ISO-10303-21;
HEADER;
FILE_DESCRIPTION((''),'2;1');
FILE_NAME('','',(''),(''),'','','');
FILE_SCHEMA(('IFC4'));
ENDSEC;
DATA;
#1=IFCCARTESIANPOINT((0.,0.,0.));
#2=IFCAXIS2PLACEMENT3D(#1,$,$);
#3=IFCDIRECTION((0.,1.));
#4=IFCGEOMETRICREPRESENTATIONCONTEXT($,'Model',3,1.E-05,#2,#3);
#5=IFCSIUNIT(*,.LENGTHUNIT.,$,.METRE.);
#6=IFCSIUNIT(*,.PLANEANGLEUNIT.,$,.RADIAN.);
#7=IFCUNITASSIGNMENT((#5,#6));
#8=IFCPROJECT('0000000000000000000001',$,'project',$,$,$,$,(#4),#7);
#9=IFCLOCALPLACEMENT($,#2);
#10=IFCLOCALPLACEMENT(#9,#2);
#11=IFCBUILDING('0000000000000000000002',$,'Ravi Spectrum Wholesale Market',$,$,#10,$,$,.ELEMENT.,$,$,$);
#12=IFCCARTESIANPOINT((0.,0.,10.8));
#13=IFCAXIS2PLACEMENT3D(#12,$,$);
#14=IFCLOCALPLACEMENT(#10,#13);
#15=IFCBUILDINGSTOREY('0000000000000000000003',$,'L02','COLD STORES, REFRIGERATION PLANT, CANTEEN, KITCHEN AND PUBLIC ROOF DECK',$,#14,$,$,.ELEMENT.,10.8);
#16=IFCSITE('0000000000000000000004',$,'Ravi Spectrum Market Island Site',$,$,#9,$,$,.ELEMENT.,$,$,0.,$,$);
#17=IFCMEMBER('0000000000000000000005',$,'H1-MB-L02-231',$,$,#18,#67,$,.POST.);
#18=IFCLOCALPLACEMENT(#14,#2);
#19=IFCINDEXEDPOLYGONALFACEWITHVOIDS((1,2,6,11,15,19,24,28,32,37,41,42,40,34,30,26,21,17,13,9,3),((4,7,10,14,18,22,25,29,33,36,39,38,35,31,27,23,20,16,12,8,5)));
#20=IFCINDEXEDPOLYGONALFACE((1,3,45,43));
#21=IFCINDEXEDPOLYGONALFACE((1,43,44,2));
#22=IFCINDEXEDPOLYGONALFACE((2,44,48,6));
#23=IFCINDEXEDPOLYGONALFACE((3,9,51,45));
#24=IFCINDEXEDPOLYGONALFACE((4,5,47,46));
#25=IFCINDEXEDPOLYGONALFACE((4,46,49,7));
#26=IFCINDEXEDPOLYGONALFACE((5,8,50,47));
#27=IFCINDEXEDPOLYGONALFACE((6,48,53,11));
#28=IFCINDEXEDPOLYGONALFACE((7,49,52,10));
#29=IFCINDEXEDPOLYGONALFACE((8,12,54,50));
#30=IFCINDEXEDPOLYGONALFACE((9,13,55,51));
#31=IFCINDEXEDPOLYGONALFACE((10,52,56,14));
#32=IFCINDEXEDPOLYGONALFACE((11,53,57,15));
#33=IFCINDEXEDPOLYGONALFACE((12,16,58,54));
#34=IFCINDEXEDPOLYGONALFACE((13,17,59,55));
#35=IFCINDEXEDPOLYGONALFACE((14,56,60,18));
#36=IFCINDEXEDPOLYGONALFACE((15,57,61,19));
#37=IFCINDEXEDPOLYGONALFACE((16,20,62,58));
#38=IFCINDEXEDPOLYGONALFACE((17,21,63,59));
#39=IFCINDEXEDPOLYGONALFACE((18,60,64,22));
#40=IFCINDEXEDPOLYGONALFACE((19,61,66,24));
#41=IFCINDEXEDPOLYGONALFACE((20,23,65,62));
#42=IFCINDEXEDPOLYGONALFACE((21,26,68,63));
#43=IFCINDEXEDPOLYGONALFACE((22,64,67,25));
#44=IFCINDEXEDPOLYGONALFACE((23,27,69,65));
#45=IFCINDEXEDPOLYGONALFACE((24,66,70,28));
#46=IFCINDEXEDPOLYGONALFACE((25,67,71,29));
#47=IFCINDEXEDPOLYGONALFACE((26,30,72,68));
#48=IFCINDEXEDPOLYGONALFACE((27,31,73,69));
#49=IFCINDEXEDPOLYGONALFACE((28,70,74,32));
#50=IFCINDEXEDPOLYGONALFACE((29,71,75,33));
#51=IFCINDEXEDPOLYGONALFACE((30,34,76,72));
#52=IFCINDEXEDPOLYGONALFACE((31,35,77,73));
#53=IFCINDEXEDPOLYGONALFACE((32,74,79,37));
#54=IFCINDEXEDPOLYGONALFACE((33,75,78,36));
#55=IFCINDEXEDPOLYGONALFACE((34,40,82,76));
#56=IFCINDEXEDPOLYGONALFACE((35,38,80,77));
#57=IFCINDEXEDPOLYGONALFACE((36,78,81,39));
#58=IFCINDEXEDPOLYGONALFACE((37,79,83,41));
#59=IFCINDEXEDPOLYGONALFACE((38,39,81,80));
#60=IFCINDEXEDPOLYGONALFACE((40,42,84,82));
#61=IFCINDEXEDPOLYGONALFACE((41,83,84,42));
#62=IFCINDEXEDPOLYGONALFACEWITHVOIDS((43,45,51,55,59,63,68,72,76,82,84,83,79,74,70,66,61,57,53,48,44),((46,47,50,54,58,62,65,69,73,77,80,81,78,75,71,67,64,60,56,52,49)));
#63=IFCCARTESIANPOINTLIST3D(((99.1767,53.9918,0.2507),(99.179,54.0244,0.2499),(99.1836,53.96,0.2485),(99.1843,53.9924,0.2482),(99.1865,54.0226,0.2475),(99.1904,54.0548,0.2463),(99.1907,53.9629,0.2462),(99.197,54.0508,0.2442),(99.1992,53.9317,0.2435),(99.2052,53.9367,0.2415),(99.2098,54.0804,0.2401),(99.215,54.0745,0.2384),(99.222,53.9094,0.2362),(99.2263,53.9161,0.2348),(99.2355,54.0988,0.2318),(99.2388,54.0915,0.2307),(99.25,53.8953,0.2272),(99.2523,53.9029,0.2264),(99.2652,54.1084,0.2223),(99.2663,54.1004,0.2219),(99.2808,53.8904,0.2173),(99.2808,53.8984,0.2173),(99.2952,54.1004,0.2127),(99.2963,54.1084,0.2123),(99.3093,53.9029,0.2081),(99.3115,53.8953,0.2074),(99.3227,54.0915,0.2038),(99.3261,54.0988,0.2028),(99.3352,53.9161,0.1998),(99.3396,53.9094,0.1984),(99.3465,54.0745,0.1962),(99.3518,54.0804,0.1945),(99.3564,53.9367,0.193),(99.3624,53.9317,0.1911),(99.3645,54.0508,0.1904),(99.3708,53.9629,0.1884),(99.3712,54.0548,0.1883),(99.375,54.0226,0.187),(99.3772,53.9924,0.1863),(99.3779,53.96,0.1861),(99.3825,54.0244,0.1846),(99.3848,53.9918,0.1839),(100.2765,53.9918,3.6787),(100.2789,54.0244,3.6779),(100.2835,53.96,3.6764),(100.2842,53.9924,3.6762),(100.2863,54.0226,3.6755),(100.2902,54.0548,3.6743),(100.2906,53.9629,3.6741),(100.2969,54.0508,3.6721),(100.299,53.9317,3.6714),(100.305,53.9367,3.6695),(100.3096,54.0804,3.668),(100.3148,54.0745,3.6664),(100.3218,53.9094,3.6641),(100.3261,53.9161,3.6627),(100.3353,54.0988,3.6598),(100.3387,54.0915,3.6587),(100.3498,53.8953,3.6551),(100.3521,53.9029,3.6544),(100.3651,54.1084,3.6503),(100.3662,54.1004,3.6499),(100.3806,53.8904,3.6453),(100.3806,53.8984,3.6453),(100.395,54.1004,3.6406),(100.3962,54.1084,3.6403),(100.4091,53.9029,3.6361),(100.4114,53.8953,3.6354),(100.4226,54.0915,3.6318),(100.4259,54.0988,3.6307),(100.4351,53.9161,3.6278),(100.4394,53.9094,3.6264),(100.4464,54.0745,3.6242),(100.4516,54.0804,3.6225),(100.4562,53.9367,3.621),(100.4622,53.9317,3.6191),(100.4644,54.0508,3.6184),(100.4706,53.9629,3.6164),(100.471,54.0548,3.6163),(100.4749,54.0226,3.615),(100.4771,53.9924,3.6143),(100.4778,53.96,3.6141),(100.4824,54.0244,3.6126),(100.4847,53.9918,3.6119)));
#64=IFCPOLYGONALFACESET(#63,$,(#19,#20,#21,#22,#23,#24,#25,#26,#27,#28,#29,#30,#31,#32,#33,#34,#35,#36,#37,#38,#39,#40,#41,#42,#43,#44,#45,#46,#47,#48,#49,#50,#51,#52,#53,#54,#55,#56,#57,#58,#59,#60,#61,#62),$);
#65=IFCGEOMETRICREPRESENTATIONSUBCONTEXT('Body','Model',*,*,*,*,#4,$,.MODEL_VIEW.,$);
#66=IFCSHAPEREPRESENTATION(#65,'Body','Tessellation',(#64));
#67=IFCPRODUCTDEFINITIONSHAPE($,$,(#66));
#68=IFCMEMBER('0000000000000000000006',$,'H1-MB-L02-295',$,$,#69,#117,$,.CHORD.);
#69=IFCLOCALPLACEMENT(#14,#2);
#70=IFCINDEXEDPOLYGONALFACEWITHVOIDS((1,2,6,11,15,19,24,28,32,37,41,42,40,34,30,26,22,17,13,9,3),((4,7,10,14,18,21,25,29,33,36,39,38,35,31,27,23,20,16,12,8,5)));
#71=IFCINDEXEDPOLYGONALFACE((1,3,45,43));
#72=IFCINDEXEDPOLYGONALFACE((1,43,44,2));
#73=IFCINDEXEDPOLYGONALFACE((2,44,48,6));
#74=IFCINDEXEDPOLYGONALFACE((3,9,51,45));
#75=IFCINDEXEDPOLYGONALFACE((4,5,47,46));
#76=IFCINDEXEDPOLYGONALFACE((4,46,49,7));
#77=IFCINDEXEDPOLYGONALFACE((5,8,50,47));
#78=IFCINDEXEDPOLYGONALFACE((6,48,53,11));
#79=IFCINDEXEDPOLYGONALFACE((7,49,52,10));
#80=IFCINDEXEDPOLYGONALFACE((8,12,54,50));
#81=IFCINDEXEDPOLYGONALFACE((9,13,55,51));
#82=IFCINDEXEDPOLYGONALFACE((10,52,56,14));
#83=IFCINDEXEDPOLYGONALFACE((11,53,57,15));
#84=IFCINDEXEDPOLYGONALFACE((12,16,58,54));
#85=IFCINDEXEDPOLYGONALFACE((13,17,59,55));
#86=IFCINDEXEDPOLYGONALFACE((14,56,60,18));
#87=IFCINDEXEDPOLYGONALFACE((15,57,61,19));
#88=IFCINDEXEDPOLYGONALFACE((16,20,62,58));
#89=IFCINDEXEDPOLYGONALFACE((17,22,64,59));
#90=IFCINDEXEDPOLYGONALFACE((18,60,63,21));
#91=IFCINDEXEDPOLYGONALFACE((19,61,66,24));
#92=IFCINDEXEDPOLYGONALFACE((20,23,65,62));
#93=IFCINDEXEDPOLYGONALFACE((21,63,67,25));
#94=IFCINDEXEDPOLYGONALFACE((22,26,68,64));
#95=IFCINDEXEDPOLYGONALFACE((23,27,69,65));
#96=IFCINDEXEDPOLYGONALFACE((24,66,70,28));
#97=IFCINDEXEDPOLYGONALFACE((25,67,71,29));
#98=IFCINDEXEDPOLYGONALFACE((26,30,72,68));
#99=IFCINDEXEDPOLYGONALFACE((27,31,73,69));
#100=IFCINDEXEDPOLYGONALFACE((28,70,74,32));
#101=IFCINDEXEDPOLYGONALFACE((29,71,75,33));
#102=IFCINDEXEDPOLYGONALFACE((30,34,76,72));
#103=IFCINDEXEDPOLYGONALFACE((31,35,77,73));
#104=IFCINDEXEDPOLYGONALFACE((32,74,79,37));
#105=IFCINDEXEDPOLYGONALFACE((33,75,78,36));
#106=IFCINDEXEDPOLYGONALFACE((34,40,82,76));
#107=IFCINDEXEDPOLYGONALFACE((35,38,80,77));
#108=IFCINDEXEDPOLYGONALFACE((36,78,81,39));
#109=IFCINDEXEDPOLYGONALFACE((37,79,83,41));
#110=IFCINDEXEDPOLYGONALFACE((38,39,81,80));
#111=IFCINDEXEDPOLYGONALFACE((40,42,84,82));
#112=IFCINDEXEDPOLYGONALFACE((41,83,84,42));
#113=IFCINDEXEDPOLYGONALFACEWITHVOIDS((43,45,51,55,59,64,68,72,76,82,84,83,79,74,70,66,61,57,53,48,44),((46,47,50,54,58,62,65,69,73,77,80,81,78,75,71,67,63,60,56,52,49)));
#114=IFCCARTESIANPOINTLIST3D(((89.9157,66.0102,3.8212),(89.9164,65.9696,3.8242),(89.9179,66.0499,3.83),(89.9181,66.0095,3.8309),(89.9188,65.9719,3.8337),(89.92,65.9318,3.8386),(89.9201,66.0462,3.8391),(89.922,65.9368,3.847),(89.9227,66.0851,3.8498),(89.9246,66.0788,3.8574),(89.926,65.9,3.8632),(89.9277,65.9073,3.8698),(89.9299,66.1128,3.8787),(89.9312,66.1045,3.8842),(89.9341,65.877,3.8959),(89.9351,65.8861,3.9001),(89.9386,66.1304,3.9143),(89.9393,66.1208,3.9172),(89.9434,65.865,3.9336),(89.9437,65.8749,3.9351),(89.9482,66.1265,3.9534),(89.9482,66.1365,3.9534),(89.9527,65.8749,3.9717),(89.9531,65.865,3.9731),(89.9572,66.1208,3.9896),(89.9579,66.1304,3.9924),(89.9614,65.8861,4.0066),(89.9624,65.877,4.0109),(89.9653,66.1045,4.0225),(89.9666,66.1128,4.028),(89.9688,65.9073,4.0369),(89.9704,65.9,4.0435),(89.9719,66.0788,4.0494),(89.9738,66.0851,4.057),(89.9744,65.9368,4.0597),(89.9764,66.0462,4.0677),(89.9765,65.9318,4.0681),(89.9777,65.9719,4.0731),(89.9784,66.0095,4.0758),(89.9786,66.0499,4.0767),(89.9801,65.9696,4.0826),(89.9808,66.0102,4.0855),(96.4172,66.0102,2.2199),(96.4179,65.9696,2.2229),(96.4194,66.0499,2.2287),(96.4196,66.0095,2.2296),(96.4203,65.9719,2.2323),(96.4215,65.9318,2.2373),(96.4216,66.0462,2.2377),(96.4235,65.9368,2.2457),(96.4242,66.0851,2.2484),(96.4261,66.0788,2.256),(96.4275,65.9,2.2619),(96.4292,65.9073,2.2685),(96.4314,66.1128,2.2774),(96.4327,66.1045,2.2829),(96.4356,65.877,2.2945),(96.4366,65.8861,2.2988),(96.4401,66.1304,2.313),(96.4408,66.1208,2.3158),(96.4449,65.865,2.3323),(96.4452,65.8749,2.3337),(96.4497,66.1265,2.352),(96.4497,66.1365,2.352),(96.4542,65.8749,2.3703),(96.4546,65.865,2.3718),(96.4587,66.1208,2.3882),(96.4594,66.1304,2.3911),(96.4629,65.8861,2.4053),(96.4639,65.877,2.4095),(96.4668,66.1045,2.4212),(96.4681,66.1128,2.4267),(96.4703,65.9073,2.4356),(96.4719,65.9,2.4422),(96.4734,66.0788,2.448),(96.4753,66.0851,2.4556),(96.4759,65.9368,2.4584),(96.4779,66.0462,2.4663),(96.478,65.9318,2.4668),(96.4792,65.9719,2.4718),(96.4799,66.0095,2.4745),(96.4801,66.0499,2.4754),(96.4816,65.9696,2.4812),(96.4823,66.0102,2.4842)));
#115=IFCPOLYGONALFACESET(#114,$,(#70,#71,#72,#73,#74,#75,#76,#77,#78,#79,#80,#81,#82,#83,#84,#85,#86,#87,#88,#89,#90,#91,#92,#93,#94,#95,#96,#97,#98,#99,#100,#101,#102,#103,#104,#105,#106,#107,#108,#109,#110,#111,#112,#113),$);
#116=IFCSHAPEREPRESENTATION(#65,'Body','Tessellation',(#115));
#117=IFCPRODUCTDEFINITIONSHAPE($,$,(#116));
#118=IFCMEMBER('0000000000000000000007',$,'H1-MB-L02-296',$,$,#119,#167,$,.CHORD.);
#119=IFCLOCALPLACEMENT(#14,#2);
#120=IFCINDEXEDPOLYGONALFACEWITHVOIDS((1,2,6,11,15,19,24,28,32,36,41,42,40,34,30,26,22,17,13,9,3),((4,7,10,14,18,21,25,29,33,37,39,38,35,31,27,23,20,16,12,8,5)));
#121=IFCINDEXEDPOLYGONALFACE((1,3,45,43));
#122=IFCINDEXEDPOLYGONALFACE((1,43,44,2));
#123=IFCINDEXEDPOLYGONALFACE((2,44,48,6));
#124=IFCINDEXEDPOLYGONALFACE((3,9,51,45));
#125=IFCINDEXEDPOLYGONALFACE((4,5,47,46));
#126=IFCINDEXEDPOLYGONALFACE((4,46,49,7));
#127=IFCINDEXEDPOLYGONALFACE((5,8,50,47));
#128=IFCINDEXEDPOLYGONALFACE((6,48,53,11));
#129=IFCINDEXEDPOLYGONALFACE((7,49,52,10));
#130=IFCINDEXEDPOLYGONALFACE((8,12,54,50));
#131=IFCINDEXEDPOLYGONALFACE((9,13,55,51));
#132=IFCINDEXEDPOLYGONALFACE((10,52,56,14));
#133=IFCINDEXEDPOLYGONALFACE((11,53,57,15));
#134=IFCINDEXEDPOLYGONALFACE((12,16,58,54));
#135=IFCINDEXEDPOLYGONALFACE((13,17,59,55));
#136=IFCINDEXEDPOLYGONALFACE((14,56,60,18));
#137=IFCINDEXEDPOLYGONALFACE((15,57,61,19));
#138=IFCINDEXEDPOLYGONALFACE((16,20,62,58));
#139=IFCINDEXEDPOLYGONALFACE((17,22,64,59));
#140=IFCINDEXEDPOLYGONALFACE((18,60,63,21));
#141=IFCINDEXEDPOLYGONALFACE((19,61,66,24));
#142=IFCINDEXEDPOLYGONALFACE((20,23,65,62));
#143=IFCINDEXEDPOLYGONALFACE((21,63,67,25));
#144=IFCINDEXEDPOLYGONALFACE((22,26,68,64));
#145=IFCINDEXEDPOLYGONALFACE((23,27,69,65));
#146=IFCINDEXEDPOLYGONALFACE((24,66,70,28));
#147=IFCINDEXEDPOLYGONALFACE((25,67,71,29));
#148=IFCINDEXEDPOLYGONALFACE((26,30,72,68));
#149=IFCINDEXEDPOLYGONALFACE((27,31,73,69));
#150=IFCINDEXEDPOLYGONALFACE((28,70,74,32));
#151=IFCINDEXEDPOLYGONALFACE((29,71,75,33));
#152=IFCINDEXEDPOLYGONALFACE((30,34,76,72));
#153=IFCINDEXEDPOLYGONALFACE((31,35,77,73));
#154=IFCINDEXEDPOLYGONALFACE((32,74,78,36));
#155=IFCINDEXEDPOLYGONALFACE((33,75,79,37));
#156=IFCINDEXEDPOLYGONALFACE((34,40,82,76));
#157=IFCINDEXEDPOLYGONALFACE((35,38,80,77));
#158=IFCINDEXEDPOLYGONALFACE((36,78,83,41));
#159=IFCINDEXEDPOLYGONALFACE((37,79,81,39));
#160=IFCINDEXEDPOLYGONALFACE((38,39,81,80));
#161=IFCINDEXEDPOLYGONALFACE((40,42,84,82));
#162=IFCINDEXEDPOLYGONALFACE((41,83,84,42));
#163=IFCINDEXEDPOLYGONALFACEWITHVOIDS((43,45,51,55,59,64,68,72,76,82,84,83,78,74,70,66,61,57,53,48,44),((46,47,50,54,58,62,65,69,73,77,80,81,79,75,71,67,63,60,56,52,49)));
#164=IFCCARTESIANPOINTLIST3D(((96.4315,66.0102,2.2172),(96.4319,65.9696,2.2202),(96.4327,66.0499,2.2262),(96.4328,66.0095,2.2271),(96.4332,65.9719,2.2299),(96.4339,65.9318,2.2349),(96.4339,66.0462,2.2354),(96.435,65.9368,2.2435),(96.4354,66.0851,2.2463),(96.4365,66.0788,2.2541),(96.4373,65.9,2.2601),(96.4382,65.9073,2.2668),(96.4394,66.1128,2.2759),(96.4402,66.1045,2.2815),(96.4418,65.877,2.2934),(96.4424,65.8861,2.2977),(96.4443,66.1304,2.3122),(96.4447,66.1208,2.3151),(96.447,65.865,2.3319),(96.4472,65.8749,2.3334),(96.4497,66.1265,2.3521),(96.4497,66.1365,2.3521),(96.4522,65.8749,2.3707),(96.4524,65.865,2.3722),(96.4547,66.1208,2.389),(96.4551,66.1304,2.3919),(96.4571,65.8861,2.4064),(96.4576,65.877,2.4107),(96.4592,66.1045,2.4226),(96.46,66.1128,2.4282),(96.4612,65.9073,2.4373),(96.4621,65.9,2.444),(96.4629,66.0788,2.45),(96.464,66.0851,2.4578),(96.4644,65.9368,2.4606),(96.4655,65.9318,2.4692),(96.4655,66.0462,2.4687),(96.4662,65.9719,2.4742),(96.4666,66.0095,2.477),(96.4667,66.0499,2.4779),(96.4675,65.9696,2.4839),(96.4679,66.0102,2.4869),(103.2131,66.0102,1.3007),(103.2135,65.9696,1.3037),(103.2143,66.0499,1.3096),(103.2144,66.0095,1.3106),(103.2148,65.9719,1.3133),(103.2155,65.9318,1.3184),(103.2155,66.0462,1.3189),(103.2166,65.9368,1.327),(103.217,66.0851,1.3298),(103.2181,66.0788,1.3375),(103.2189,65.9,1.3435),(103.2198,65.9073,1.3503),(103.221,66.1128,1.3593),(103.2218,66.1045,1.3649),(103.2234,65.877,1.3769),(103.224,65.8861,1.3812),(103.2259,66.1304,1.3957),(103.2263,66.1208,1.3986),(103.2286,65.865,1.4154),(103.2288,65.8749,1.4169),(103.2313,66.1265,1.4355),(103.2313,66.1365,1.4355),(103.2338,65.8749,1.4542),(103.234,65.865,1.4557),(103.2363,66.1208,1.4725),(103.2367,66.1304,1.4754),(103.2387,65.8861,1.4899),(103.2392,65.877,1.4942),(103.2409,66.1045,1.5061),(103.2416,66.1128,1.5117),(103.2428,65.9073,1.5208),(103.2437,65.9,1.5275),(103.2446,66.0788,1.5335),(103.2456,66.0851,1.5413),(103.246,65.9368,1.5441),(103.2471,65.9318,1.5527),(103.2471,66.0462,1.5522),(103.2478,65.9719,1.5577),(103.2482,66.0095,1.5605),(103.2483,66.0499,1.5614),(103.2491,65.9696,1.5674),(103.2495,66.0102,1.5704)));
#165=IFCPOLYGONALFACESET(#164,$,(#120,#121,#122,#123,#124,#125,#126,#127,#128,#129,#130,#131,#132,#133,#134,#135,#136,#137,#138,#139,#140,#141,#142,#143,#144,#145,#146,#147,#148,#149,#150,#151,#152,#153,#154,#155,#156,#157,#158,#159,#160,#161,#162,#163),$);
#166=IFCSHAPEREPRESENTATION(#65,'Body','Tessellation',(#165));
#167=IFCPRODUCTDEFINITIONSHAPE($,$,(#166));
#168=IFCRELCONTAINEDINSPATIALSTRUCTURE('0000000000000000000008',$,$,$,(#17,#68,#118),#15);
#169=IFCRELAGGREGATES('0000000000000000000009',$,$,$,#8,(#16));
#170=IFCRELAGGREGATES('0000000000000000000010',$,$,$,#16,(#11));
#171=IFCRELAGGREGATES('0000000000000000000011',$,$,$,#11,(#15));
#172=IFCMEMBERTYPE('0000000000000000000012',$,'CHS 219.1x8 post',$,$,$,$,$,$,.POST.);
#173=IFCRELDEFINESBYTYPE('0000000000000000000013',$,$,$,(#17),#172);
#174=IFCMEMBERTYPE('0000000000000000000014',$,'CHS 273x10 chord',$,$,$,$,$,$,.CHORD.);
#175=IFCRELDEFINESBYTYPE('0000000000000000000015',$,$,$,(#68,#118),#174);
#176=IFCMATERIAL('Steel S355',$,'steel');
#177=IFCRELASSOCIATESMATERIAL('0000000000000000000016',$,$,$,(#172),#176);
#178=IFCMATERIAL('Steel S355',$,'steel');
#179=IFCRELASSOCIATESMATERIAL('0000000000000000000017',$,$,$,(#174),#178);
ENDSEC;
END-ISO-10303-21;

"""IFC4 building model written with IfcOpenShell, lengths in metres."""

from ifc_helpers import new_model, si_unit, direction, frame, origin, origin_2d, place, context, subcontext, project, spatial, hollow_circle, extrude, material, material_profile, profile_set, type_object, element, save


model = new_model("IFC4")

# Units and contexts
model_context = context("Model", 3, precision=1e-05, world=origin(), true_north=direction((0.0, 1.0)))
body_context = subcontext(model_context, "Body", "Model", "MODEL_VIEW")
ifc_project = project(units=[si_unit("LENGTHUNIT", "METRE"), si_unit("PLANEANGLEUNIT", "RADIAN")], contexts=[model_context])

# Site, building, storey
site_placement = place(None, origin())
site = spatial("IfcSite", under=ifc_project, at=site_placement, Name="Ravi Spectrum Market Island Site", CompositionType="ELEMENT", RefElevation=0.0)
building_placement = place(site_placement, origin())
building = spatial("IfcBuilding", under=site, at=building_placement, Name="Ravi Spectrum Wholesale Market", CompositionType="ELEMENT")
storey_placement = place(building_placement, frame((0.0, 0.0, 10.8)))
storey = spatial("IfcBuildingStorey", under=building, at=storey_placement, Name="L02", Description="COLD STORES, REFRIGERATION PLANT, CANTEEN, KITCHEN AND PUBLIC ROOF DECK", CompositionType="ELEMENT", Elevation=10.8)

# Members
ifc_material_1 = material(Name="Steel S355", Category="steel")
ifc_material_profile_1 = material_profile(ifc_material_1, hollow_circle(Radius=0.1096, WallThickness=0.0081, at=origin_2d()))
ifc_profile_set_1 = profile_set([ifc_material_profile_1], Name="Steel S355")
member_type_1 = type_object("IfcMemberType", Name="CHS 219.1x8 post", PredefinedType="POST", material=ifc_profile_set_1)
member_1_placement = place(storey_placement, frame((100.3806, 54.0, 3.6453), z_axis=(-0.305506, 0.0, -0.95219), x_axis=(0.0, -1.0, 0.0)))
element("IfcMember", 1, at=member_1_placement, inside=storey, type_object=member_type_1, Name="H1-MB-L02-231", PredefinedType="POST", context=body_context, shape_type="SweptSolid", body=[
    extrude(hollow_circle(Radius=0.1096, WallThickness=0.0081, at=origin_2d()), origin(), (0.0, 0.0, 1.0), 3.6001),
])
ifc_material_2 = material(Name="Steel S355", Category="steel")
ifc_material_profile_2 = material_profile(ifc_material_2, hollow_circle(Radius=0.1365, WallThickness=0.01, at=origin_2d()))
ifc_profile_set_2 = profile_set([ifc_material_profile_2], Name="Steel S355")
member_type_2 = type_object("IfcMemberType", Name="CHS 273x10 chord", PredefinedType="CHORD", material=ifc_profile_set_2)
member_2_placement = place(storey_placement, frame((89.9482, 66.0, 3.9534), z_axis=(0.970982, 0.0, -0.239154), x_axis=(0.0, 1.0, 0.0)))
element("IfcMember", 2, at=member_2_placement, inside=storey, type_object=member_type_2, Name="H1-MB-L02-295", PredefinedType="CHORD", context=body_context, shape_type="SweptSolid", body=[
    extrude(hollow_circle(Radius=0.1365, WallThickness=0.01, at=origin_2d()), origin(), (0.0, 0.0, 1.0), 6.6958),
])
member_3_placement = place(storey_placement, frame((96.4497, 66.0, 2.3521), z_axis=(0.990991, 0.0, -0.13393), x_axis=(0.0, 1.0, 0.0)))
element("IfcMember", 3, at=member_3_placement, inside=storey, type_object=member_type_2, Name="H1-MB-L02-296", PredefinedType="CHORD", context=body_context, shape_type="SweptSolid", body=[
    extrude(hollow_circle(Radius=0.1365, WallThickness=0.01, at=origin_2d()), origin(), (0.0, 0.0, 1.0), 6.8433),
])

save(model, "model.ifc")
